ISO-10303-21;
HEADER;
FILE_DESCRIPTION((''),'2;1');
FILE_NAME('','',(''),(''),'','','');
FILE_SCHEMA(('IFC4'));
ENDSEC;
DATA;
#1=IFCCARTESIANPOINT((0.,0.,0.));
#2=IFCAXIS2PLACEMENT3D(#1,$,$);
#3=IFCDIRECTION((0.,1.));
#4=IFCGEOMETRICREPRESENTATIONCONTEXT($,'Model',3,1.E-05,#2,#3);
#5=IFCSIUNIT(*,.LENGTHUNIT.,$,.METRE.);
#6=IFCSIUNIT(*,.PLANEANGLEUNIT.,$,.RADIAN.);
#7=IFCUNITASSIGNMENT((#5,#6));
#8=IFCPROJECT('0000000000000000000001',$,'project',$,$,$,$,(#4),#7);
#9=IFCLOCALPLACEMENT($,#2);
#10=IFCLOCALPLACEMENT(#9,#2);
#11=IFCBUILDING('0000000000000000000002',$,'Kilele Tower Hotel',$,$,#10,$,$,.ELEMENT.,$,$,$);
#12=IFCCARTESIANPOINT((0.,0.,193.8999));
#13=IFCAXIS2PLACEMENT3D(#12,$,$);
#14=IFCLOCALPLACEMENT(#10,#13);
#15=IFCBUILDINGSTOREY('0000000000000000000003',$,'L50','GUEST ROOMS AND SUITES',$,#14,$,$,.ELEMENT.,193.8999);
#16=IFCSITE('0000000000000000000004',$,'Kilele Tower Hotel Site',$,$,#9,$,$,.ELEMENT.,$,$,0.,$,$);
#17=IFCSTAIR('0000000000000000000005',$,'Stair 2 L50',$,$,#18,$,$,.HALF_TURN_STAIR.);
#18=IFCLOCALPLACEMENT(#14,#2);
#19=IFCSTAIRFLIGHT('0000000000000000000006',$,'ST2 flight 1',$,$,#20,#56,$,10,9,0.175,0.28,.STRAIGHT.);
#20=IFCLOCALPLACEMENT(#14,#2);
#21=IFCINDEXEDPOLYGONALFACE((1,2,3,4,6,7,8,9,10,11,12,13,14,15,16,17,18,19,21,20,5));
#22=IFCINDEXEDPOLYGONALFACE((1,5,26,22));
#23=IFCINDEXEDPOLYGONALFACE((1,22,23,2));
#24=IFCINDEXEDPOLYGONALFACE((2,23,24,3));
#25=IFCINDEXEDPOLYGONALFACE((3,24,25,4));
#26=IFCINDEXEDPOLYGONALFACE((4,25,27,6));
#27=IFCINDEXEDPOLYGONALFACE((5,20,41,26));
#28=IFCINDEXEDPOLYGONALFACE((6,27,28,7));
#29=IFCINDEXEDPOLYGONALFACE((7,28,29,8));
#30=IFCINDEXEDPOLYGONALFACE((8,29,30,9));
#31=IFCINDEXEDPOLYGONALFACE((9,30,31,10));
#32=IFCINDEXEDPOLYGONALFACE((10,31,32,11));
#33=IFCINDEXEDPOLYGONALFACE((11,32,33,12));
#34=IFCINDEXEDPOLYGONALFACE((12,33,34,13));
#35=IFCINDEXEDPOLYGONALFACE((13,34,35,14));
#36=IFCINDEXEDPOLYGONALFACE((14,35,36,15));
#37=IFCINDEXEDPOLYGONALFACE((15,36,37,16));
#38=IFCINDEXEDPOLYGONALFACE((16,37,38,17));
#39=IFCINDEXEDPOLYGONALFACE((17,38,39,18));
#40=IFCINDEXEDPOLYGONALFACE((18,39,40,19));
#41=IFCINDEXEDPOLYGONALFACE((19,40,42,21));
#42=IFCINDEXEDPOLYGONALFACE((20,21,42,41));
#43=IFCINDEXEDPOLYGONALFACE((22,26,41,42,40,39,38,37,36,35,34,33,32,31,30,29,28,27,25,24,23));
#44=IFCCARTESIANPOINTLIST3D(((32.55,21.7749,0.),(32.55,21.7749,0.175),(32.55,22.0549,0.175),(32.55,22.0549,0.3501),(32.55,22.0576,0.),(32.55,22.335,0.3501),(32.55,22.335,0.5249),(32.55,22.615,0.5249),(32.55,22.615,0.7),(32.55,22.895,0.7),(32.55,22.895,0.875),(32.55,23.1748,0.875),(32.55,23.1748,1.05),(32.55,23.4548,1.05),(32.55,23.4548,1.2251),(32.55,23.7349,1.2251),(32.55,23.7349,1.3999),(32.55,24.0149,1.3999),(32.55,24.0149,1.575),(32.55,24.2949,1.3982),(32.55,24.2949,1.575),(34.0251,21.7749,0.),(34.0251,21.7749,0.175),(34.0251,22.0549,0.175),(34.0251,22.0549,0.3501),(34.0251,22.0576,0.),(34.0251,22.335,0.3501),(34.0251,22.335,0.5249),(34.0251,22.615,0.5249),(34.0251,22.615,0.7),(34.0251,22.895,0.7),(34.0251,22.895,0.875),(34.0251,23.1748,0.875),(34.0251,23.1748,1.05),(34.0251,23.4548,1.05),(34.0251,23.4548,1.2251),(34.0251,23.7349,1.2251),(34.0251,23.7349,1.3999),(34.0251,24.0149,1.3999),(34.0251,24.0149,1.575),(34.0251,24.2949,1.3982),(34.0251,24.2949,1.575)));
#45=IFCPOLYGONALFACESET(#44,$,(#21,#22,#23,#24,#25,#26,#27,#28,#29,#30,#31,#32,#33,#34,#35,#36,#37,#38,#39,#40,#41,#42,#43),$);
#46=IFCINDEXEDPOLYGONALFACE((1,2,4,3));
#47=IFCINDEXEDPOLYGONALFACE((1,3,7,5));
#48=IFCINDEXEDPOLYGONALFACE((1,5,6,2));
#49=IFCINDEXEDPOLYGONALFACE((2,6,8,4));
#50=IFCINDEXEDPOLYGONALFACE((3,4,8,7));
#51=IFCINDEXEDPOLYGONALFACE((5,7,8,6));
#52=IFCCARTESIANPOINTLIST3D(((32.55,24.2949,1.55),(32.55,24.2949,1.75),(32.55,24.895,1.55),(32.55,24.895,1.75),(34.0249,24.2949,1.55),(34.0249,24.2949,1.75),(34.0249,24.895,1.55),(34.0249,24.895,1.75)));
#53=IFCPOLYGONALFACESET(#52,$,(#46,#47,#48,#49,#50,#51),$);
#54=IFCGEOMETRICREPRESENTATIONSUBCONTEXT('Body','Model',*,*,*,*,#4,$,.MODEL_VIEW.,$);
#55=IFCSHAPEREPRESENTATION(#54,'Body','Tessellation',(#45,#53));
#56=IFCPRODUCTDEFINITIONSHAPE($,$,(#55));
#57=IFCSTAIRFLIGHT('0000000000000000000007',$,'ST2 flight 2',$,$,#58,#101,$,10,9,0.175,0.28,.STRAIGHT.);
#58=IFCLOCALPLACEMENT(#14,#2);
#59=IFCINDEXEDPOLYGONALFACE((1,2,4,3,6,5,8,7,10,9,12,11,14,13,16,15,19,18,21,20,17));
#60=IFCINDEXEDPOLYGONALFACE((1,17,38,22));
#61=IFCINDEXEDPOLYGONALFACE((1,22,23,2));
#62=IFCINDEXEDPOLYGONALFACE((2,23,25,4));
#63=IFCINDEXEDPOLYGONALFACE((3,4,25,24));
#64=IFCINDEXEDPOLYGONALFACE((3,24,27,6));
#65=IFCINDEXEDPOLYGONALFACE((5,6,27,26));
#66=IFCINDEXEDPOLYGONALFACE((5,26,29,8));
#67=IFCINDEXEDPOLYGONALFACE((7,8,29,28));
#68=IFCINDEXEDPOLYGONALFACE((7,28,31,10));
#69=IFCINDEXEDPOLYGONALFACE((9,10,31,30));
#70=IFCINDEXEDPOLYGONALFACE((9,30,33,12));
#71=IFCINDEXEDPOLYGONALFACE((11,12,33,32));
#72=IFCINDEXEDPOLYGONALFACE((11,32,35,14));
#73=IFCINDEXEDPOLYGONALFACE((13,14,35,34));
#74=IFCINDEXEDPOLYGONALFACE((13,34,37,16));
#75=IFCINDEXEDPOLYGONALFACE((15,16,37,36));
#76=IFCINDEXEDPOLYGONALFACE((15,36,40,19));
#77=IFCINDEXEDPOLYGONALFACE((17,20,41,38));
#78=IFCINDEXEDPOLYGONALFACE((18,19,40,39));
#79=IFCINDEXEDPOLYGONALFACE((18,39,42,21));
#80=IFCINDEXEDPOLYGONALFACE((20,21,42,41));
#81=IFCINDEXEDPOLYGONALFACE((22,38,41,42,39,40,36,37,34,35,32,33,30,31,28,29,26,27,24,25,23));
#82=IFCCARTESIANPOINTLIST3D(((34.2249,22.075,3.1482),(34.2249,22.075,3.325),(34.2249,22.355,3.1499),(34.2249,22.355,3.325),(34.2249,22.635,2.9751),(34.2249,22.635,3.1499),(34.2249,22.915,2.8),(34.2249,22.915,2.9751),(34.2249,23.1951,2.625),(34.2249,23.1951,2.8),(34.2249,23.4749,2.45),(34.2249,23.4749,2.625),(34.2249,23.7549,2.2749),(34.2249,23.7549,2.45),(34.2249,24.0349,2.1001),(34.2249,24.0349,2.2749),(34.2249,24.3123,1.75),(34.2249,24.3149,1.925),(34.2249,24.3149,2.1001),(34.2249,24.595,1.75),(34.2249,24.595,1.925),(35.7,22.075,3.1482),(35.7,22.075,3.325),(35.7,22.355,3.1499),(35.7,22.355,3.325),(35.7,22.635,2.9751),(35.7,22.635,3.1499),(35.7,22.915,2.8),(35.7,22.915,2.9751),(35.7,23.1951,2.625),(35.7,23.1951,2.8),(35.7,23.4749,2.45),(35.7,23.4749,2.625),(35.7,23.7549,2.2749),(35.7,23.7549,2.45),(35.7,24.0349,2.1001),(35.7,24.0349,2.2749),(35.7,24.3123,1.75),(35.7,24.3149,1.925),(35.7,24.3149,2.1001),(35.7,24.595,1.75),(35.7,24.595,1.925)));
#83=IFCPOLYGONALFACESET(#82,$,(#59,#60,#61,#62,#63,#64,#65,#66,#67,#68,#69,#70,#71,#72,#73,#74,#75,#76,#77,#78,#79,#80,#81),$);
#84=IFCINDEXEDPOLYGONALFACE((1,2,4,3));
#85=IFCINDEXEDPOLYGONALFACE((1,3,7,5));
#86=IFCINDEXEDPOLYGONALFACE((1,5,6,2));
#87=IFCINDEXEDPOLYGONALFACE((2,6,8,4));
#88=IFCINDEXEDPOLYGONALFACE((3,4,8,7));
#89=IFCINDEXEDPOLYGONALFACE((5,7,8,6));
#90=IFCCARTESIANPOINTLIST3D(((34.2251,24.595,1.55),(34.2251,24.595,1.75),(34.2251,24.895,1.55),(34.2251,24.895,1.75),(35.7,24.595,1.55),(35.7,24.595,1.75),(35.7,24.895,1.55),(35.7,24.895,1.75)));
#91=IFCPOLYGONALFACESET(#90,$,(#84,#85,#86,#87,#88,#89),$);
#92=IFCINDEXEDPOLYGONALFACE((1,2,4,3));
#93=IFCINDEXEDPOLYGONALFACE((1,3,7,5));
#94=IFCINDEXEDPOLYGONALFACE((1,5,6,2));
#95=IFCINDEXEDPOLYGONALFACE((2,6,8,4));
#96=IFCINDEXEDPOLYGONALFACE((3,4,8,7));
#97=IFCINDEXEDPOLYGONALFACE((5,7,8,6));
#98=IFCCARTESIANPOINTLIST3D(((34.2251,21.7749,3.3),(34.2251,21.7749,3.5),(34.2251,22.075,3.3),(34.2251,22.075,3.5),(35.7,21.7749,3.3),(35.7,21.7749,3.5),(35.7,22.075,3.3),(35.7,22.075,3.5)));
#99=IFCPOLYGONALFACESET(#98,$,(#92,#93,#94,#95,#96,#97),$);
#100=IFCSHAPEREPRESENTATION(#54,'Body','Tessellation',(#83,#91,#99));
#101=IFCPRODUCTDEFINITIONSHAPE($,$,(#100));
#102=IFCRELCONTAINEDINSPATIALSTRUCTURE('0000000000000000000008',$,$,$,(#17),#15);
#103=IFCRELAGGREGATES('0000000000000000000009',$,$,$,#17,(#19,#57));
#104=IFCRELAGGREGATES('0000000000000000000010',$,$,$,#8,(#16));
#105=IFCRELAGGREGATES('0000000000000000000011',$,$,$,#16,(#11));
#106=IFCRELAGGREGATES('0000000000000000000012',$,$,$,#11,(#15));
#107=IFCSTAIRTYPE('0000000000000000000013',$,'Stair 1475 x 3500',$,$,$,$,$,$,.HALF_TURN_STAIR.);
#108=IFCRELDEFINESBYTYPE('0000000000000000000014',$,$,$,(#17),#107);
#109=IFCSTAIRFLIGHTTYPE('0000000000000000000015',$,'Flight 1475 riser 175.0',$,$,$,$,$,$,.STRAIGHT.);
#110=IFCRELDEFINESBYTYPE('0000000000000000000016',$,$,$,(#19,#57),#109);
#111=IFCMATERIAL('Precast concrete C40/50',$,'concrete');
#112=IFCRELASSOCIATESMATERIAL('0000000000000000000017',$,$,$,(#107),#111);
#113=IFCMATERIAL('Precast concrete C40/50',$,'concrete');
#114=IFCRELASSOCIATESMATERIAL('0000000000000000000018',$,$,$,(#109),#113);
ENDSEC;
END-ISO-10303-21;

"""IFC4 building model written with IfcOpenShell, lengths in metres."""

from ifc_helpers import new_model, si_unit, direction, frame, origin, place, context, subcontext, project, spatial, polyline, outline, extrude, material, type_object, element, aggregate, save


model = new_model("IFC4")

# Units and contexts
model_context = context("Model", 3, precision=1e-05, world=origin(), true_north=direction((0.0, 1.0)))
body_context = subcontext(model_context, "Body", "Model", "MODEL_VIEW")
ifc_project = project(units=[si_unit("LENGTHUNIT", "METRE"), si_unit("PLANEANGLEUNIT", "RADIAN")], contexts=[model_context])

# Site, building, storey
site_placement = place(None, origin())
site = spatial("IfcSite", under=ifc_project, at=site_placement, Name="Kilele Tower Hotel Site", CompositionType="ELEMENT", RefElevation=0.0)
building_placement = place(site_placement, origin())
building = spatial("IfcBuilding", under=site, at=building_placement, Name="Kilele Tower Hotel", CompositionType="ELEMENT")
storey_placement = place(building_placement, frame((0.0, 0.0, 193.8999)))
storey = spatial("IfcBuildingStorey", under=building, at=storey_placement, Name="L50", Description="GUEST ROOMS AND SUITES", CompositionType="ELEMENT", Elevation=193.8999)

# Stair, stair flights
ifc_material_1 = material(Name="Precast concrete C40/50", Category="concrete")
stair_type = type_object("IfcStairType", Name="Stair 1475 x 3500", PredefinedType="HALF_TURN_STAIR", material=ifc_material_1)
stair_placement = place(storey_placement, origin())
stair = element("IfcStair", 1, at=stair_placement, inside=storey, type_object=stair_type, Name="Stair 2 L50", PredefinedType="HALF_TURN_STAIR")
ifc_material_2 = material(Name="Precast concrete C40/50", Category="concrete")
stair_flight_type = type_object("IfcStairFlightType", Name="Flight 1475 riser 175.0", PredefinedType="STRAIGHT", material=ifc_material_2)
stair_flight_1_placement = place(storey_placement, frame((33.2876, 21.7749, 0.0), z_axis=(0.0, 0.0, 1.0), x_axis=(0.0, 1.0, 0.0)))
stair_flight_1 = element("IfcStairFlight", 2, at=stair_flight_1_placement, type_object=stair_flight_type, Name="ST2 flight 1", NumberOfRisers=10, NumberOfTreads=9, PredefinedType="STRAIGHT", RiserHeight=0.175, TreadLength=0.28, context=body_context, shape_type="SweptSolid", body=[
    extrude(outline(polyline([(0.0, 0.0), (0.0, 0.175), (0.28, 0.175), (0.28, 0.3501), (0.5601, 0.3501), (0.5601, 0.5249), (0.8401, 0.5249), (0.8401, 0.7), (1.1201, 0.7), (1.1201, 0.875), (1.3999, 0.875), (1.3999, 1.05), (1.6799, 1.05), (1.6799, 1.2251), (1.96, 1.2251), (1.96, 1.3999), (2.24, 1.3999), (2.24, 1.575), (2.52, 1.575), (2.52, 1.75), (2.52, 1.3982), (0.2827, 0.0), (0.0, 0.0)])), frame((0.0, 0.7375, 0.0), z_axis=(0.0, -1.0, 0.0), x_axis=(1.0, 0.0, 0.0)), (0.0, 0.0, 1.0), 1.4751),
    extrude(outline(polyline([(2.52, 0.7375), (2.52, -0.7373), (3.1201, -0.7373), (3.1201, 0.7375), (2.52, 0.7375)])), frame((0.0, 0.0, 1.55)), (0.0, 0.0, 1.0), 0.2),
])
stair_flight_2_placement = place(storey_placement, frame((34.9624, 24.595, 1.75), z_axis=(0.0, 0.0, 1.0), x_axis=(0.0, -1.0, 0.0)))
stair_flight_2 = element("IfcStairFlight", 3, at=stair_flight_2_placement, type_object=stair_flight_type, Name="ST2 flight 2", NumberOfRisers=10, NumberOfTreads=9, PredefinedType="STRAIGHT", RiserHeight=0.175, TreadLength=0.28, context=body_context, shape_type="SweptSolid", body=[
    extrude(outline(polyline([(0.0, 0.0), (0.0, 0.175), (0.28, 0.175), (0.28, 0.3501), (0.5601, 0.3501), (0.5601, 0.5249), (0.8401, 0.5249), (0.8401, 0.7), (1.1201, 0.7), (1.1201, 0.875), (1.3999, 0.875), (1.3999, 1.05), (1.6799, 1.05), (1.6799, 1.2251), (1.96, 1.2251), (1.96, 1.3999), (2.24, 1.3999), (2.24, 1.575), (2.52, 1.575), (2.52, 1.75), (2.52, 1.3982), (0.2827, 0.0), (0.0, 0.0)])), frame((0.0, 0.7375, 0.0), z_axis=(0.0, -1.0, 0.0), x_axis=(1.0, 0.0, 0.0)), (0.0, 0.0, 1.0), 1.4751),
    extrude(outline(polyline([(0.0, -0.7373), (0.0, 0.7375), (-0.3, 0.7375), (-0.3, -0.7373), (0.0, -0.7373)])), frame((0.0, 0.0, -0.2)), (0.0, 0.0, 1.0), 0.2),
    extrude(outline(polyline([(2.8201, -0.7373), (2.8201, 0.7375), (2.52, 0.7375), (2.52, -0.7373), (2.8201, -0.7373)])), frame((0.0, 0.0, 1.55)), (0.0, 0.0, 1.0), 0.2),
])
aggregate(stair, [stair_flight_1, stair_flight_2])

save(model, "model.ifc")
